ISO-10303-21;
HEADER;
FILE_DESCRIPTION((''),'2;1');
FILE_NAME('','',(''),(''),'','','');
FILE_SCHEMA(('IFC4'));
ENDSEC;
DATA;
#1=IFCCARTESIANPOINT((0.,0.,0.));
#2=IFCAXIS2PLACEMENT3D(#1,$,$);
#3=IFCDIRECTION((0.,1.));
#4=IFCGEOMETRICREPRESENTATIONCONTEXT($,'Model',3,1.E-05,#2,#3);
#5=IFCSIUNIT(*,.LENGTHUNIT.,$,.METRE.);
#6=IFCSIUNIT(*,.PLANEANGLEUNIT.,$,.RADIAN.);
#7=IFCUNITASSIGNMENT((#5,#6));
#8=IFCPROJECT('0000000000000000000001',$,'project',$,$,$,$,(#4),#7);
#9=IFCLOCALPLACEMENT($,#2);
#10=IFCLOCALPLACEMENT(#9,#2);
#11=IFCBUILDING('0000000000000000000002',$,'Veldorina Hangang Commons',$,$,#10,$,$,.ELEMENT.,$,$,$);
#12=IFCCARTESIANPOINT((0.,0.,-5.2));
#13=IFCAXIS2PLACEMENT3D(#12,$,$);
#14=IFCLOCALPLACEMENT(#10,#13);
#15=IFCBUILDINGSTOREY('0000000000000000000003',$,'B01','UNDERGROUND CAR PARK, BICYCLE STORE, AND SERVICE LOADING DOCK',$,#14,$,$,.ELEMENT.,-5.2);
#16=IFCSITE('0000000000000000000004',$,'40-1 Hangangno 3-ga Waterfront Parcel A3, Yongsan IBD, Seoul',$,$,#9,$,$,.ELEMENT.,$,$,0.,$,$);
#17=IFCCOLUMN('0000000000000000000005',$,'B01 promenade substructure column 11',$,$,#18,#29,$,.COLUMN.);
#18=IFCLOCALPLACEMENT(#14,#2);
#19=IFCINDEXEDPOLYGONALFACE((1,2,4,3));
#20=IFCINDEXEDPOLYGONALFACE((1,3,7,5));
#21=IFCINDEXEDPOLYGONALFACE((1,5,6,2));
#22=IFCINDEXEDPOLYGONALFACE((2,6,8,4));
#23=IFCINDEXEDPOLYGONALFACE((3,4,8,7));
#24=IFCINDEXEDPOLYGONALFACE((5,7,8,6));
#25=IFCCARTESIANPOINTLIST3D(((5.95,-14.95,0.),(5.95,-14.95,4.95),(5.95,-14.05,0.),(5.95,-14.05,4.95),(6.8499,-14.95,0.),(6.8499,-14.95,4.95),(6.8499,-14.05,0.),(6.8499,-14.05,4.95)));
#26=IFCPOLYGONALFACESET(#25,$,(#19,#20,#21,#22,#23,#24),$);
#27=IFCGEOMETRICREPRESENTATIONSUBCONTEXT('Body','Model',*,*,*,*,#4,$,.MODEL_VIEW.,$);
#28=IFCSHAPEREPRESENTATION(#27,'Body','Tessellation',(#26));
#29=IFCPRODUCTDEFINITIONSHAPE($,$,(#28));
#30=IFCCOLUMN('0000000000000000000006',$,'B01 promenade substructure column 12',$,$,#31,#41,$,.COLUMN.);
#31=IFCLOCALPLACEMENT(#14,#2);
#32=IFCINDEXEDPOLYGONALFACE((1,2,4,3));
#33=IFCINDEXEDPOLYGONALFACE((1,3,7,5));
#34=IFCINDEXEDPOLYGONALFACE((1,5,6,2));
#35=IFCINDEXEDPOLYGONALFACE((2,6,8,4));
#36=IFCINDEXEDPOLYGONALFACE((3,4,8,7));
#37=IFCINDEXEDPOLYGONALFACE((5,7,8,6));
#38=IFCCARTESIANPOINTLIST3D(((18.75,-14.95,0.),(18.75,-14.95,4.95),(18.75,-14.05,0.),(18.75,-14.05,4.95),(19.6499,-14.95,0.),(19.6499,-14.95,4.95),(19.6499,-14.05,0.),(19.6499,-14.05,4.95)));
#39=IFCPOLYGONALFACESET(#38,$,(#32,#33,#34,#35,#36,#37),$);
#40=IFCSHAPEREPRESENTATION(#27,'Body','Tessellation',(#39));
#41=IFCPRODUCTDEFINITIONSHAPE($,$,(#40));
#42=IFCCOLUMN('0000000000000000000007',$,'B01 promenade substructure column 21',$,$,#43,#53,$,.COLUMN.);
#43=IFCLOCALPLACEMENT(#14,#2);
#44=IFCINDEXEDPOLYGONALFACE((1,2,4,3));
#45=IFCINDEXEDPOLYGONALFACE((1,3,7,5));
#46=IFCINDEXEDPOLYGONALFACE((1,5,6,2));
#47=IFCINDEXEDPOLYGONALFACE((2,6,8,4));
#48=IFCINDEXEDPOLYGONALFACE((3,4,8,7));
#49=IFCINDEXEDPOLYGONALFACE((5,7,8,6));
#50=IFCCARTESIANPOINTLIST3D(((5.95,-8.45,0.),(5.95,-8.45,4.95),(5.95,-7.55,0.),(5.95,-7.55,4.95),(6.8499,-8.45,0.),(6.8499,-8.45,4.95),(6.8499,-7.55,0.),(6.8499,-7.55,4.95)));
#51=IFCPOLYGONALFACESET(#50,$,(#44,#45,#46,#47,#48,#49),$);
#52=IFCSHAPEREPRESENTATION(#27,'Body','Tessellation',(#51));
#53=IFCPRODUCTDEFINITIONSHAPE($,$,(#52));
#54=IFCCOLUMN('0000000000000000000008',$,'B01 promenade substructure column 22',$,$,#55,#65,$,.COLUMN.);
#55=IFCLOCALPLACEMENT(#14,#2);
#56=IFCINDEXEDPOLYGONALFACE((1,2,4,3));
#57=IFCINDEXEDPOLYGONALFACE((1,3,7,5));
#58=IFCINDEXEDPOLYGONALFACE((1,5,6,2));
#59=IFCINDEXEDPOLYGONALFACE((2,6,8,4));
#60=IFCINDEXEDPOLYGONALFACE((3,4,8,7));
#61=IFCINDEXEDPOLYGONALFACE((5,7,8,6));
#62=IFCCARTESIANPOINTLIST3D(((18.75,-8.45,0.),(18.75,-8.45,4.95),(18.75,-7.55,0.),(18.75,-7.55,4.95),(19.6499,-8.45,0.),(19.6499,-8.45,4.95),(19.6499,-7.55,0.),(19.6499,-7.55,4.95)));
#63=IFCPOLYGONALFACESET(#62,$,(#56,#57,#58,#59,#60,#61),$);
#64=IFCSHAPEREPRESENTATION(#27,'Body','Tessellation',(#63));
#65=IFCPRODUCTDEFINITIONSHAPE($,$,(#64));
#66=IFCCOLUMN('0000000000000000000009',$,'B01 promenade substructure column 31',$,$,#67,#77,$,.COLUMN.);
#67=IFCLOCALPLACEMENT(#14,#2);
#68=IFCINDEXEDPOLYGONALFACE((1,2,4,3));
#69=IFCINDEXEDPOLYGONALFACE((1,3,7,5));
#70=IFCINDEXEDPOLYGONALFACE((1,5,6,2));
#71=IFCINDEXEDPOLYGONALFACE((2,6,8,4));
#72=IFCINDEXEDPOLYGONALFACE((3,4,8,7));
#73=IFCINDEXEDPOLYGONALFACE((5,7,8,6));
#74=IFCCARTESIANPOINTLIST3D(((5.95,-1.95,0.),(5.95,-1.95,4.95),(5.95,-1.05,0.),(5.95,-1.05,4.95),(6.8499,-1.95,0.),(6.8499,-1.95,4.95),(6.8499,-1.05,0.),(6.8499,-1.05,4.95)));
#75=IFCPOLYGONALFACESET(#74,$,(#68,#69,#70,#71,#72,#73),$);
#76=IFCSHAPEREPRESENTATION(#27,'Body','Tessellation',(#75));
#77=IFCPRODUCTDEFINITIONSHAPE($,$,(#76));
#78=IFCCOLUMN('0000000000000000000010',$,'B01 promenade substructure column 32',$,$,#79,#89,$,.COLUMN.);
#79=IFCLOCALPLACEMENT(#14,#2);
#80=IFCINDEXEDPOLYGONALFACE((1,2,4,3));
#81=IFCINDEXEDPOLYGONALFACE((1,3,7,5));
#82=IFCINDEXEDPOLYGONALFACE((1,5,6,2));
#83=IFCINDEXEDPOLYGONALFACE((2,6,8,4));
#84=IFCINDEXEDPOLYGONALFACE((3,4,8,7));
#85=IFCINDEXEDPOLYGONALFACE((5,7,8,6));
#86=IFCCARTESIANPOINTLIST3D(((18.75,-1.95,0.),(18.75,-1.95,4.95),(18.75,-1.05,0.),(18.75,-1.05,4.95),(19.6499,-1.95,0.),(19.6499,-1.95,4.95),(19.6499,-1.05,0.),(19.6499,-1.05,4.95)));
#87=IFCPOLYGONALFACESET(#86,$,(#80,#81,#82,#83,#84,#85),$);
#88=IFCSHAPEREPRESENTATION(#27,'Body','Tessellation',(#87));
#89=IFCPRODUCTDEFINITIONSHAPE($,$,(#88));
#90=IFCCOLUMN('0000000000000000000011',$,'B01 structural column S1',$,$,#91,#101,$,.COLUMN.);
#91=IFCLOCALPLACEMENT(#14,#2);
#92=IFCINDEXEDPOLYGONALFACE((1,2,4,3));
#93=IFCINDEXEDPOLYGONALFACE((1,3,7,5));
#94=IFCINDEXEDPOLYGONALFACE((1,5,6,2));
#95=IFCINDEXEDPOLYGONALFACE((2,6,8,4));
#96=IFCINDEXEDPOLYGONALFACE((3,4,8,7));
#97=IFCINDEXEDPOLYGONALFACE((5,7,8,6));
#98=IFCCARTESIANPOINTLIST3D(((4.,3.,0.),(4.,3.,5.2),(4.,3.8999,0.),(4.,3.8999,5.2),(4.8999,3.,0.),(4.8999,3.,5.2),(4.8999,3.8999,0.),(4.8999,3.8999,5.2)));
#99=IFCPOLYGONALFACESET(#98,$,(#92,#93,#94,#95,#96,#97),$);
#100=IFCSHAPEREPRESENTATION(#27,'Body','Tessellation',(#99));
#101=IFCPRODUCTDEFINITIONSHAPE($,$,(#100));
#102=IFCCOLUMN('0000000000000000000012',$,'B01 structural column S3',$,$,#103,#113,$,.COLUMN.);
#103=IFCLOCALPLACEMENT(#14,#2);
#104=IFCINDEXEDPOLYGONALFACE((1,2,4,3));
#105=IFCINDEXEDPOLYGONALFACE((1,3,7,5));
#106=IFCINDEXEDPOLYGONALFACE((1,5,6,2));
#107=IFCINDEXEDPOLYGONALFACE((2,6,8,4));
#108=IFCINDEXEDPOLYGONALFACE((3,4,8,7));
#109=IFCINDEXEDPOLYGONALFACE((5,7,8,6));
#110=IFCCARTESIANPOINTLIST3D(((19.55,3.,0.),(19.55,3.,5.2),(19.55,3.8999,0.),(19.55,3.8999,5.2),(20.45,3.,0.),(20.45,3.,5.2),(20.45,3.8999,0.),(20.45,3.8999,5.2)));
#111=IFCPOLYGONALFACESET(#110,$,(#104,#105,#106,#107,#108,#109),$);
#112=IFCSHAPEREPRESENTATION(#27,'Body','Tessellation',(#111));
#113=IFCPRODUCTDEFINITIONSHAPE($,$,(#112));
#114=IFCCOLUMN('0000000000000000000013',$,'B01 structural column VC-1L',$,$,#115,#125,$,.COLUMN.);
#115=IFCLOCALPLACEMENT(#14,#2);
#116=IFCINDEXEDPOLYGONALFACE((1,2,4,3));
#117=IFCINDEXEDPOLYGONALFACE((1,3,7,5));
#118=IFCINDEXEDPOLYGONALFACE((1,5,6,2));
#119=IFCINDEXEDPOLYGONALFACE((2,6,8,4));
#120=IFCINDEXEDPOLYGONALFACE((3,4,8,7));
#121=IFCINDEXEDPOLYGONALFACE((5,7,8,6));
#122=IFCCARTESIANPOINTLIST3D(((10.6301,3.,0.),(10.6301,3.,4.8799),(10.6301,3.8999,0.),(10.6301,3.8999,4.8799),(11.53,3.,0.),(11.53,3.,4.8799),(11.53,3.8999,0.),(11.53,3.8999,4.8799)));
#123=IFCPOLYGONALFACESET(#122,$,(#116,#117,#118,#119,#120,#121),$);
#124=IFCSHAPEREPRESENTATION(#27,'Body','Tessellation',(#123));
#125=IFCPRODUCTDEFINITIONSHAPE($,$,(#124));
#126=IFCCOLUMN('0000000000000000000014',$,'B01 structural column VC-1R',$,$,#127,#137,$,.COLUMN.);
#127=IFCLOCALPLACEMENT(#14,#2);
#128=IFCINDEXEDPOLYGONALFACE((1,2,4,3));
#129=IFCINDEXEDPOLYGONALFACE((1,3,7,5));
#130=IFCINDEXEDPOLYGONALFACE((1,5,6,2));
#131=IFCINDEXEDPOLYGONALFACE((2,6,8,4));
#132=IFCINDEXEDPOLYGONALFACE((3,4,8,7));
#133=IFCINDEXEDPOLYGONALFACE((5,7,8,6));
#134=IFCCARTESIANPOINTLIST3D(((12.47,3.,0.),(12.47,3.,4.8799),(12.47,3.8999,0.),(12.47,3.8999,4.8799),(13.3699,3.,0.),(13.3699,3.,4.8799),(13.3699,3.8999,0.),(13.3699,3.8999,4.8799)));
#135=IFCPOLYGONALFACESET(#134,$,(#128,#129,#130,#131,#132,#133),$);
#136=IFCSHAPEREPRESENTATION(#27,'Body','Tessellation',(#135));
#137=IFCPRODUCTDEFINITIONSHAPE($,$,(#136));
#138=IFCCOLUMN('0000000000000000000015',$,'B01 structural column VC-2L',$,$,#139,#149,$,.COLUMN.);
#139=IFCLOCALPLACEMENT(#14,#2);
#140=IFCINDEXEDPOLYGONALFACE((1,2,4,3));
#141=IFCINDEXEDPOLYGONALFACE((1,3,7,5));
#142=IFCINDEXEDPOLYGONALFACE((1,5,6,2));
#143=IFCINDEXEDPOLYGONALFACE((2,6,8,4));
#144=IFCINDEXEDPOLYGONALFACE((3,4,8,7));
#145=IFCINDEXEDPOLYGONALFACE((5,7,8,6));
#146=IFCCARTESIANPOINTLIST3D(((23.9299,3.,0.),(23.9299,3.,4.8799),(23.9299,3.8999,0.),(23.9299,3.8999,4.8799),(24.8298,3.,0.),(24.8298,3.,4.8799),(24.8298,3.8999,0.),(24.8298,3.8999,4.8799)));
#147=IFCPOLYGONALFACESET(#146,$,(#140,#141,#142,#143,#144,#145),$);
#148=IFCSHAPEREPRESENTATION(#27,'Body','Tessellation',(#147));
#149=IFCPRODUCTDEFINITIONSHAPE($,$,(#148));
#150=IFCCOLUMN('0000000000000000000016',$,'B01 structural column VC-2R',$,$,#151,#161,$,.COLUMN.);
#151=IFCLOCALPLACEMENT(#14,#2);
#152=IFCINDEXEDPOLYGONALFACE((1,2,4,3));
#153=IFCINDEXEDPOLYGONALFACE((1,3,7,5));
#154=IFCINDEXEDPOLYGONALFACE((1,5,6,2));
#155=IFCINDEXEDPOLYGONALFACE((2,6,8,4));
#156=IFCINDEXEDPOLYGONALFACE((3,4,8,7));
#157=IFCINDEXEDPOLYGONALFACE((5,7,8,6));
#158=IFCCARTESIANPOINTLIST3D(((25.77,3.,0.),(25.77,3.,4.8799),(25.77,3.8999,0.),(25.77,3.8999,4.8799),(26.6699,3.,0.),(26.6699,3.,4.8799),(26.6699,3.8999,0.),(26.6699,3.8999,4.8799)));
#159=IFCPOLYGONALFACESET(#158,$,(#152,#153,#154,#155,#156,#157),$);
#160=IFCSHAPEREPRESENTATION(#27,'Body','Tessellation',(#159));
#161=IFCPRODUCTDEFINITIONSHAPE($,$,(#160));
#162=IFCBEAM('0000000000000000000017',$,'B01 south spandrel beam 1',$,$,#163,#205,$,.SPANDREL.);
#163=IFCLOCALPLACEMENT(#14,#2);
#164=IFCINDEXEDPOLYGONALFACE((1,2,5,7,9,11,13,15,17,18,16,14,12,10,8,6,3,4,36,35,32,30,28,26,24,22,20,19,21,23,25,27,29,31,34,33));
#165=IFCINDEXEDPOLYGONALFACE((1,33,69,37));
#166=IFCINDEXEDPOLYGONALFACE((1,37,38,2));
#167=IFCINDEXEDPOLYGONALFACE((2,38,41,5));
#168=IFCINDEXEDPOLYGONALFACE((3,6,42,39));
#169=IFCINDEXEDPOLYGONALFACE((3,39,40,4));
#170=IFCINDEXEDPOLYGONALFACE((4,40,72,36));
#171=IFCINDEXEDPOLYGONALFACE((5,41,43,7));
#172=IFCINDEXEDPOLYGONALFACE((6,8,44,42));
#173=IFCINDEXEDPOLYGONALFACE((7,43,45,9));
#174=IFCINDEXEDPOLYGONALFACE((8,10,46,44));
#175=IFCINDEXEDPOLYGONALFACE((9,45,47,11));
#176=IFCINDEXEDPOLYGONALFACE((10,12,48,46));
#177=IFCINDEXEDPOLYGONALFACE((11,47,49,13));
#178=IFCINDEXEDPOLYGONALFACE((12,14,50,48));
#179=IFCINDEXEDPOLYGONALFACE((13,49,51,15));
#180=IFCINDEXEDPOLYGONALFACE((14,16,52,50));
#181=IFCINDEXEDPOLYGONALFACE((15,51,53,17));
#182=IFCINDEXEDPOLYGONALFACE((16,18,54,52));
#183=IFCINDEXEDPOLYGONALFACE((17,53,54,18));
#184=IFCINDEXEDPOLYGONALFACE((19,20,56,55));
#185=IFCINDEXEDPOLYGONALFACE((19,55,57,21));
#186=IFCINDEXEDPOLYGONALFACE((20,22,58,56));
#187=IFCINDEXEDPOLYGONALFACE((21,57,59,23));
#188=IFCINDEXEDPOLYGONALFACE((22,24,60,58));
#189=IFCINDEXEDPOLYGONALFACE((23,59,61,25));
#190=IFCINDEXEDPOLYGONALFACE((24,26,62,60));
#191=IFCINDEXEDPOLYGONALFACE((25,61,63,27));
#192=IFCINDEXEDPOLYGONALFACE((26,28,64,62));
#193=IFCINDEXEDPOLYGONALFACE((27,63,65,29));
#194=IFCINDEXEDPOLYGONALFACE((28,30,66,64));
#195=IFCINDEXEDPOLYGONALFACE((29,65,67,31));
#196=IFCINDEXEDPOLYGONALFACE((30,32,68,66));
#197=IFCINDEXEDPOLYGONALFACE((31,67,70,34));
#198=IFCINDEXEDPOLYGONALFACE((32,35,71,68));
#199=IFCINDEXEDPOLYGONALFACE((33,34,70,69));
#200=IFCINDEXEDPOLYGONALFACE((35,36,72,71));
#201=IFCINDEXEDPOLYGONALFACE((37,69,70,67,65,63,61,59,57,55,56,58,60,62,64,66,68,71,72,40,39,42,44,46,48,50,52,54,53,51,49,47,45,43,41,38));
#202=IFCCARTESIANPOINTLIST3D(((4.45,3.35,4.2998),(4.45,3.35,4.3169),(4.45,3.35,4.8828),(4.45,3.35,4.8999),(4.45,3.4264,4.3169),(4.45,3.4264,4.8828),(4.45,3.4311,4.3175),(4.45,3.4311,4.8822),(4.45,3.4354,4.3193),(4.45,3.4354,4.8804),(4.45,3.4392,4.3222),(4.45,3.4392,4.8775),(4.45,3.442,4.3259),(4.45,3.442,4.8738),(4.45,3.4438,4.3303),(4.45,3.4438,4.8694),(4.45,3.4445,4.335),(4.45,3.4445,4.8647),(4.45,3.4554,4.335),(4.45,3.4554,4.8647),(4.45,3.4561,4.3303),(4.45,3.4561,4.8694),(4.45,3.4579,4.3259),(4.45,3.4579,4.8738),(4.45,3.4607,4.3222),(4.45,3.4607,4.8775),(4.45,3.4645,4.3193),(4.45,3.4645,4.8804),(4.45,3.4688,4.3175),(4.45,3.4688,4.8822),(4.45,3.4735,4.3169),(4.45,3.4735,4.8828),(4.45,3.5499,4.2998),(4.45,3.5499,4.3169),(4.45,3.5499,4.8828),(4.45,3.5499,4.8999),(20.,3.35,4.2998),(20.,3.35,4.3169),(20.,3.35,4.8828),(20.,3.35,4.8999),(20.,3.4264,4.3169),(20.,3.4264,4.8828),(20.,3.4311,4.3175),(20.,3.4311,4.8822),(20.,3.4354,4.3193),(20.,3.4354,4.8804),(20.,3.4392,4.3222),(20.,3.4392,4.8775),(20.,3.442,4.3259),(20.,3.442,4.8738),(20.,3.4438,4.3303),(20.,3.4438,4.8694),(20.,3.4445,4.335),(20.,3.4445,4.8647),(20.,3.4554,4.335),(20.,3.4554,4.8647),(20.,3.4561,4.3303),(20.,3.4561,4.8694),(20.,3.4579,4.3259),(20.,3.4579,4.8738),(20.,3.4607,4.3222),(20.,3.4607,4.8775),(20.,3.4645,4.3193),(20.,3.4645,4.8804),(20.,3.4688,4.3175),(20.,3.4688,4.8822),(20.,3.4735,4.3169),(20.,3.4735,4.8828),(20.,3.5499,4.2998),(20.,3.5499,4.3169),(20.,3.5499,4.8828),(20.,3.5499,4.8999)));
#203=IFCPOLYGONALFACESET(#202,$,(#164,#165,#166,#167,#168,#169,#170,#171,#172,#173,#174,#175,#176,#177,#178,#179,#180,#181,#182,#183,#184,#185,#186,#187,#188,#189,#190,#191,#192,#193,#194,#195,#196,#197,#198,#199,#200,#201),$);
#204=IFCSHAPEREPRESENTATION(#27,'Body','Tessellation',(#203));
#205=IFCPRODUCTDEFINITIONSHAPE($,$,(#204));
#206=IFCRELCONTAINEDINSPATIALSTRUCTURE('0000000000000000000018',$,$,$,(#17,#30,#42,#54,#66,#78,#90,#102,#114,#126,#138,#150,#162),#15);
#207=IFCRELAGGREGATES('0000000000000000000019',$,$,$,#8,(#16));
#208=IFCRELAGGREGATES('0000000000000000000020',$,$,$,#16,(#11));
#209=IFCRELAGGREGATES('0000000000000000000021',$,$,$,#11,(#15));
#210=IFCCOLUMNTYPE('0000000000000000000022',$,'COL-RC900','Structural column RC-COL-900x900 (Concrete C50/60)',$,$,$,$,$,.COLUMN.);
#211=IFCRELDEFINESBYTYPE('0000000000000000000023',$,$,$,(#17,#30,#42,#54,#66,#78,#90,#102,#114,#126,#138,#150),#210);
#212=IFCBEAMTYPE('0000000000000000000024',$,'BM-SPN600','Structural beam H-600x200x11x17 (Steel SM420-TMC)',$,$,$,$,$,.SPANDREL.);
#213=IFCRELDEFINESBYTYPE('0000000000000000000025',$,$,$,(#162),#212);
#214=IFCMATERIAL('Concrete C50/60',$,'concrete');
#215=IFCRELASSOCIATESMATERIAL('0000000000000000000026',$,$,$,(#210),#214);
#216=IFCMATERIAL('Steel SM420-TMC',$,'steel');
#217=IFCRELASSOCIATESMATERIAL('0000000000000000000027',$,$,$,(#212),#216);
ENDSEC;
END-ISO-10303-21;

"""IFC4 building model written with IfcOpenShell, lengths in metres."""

from ifc_helpers import new_model, si_unit, direction, frame, origin, origin_2d, place, context, subcontext, project, spatial, rectangle, i_section, extrude, material, material_profile, profile_set, type_object, element, save


model = new_model("IFC4")

# Units and contexts
model_context = context("Model", 3, precision=1e-05, world=origin(), true_north=direction((0.0, 1.0)))
body_context = subcontext(model_context, "Body", "Model", "MODEL_VIEW")
ifc_project = project(units=[si_unit("LENGTHUNIT", "METRE"), si_unit("PLANEANGLEUNIT", "RADIAN")], contexts=[model_context])

# Site, building, storey
site_placement = place(None, origin())
site = spatial("IfcSite", under=ifc_project, at=site_placement, Name="40-1 Hangangno 3-ga Waterfront Parcel A3, Yongsan IBD, Seoul", CompositionType="ELEMENT", RefElevation=0.0)
building_placement = place(site_placement, origin())
building = spatial("IfcBuilding", under=site, at=building_placement, Name="Veldorina Hangang Commons", CompositionType="ELEMENT")
storey_placement = place(building_placement, frame((0.0, 0.0, -5.2)))
storey = spatial("IfcBuildingStorey", under=building, at=storey_placement, Name="B01", Description="UNDERGROUND CAR PARK, BICYCLE STORE, AND SERVICE LOADING DOCK", CompositionType="ELEMENT", Elevation=-5.2)

# Columns
ifc_material_1 = material(Name="Concrete C50/60", Category="concrete")
ifc_material_profile_1 = material_profile(ifc_material_1, rectangle(XDim=0.8999, YDim=0.8999, at=origin_2d()), Name="RC-COL-900x900")
ifc_profile_set_1 = profile_set([ifc_material_profile_1], Name="Concrete C50/60")
column_type = type_object("IfcColumnType", Name="COL-RC900", Description="Structural column RC-COL-900x900 (Concrete C50/60)", PredefinedType="COLUMN", material=ifc_profile_set_1)
for number, where, z_axis, x_axis, name in (
    (1, (6.3999, -14.5, 0.0), (0.0, 0.0, 1.0), (1.0, 0.0, 0.0), "B01 promenade substructure column 11"),
    (2, (19.2, -14.5, 0.0), (0.0, 0.0, 1.0), (1.0, 0.0, 0.0), "B01 promenade substructure column 12"),
    (3, (6.3999, -8.0, 0.0), (0.0, 0.0, 1.0), (1.0, 0.0, 0.0), "B01 promenade substructure column 21"),
    (4, (19.2, -8.0, 0.0), (0.0, 0.0, 1.0), (1.0, 0.0, 0.0), "B01 promenade substructure column 22"),
    (5, (6.3999, -1.5, 0.0), (0.0, 0.0, 1.0), (1.0, 0.0, 0.0), "B01 promenade substructure column 31"),
    (6, (19.2, -1.5, 0.0), (0.0, 0.0, 1.0), (1.0, 0.0, 0.0), "B01 promenade substructure column 32"),
):
    element("IfcColumn", number, at=place(storey_placement, frame(where, z_axis=z_axis, x_axis=x_axis)), inside=storey, type_object=column_type, Name=name, PredefinedType="COLUMN", context=body_context, shape_type="SweptSolid", body=[
        extrude(rectangle(XDim=0.8999, YDim=0.8999, at=origin_2d()), origin(), (0.0, 0.0, 1.0), 4.95),
    ])
for number, where, z_axis, x_axis, name in (
    (7, (4.45, 3.45, 0.0), (0.0, 0.0, 1.0), (1.0, 0.0, 0.0), "B01 structural column S1"),
    (8, (20.0, 3.45, 0.0), (0.0, 0.0, 1.0), (1.0, 0.0, 0.0), "B01 structural column S3"),
):
    element("IfcColumn", number, at=place(storey_placement, frame(where, z_axis=z_axis, x_axis=x_axis)), inside=storey, type_object=column_type, Name=name, PredefinedType="COLUMN", context=body_context, shape_type="SweptSolid", body=[
        extrude(rectangle(XDim=0.8999, YDim=0.8999, at=origin_2d()), origin(), (0.0, 0.0, 1.0), 5.2),
    ])
for number, where, z_axis, x_axis, name in (
    (9, (11.0801, 3.45, 0.0), (0.0, 0.0, 1.0), (1.0, 0.0, 0.0), "B01 structural column VC-1L"),
    (10, (12.9199, 3.45, 0.0), (0.0, 0.0, 1.0), (1.0, 0.0, 0.0), "B01 structural column VC-1R"),
    (11, (24.3799, 3.45, 0.0), (0.0, 0.0, 1.0), (1.0, 0.0, 0.0), "B01 structural column VC-2L"),
    (12, (26.22, 3.45, 0.0), (0.0, 0.0, 1.0), (1.0, 0.0, 0.0), "B01 structural column VC-2R"),
):
    element("IfcColumn", number, at=place(storey_placement, frame(where, z_axis=z_axis, x_axis=x_axis)), inside=storey, type_object=column_type, Name=name, PredefinedType="COLUMN", context=body_context, shape_type="SweptSolid", body=[
        extrude(rectangle(XDim=0.8999, YDim=0.8999, at=origin_2d()), origin(), (0.0, 0.0, 1.0), 4.8799),
    ])

# Beam
ifc_material_2 = material(Name="Steel SM420-TMC", Category="steel")
ifc_material_profile_2 = material_profile(ifc_material_2, i_section(OverallWidth=0.2, OverallDepth=0.6001, WebThickness=0.011, FlangeThickness=0.0171, FilletRadius=0.0181, at=origin_2d()), Name="H-600x200x11x17")
ifc_profile_set_2 = profile_set([ifc_material_profile_2], Name="Steel SM420-TMC")
beam_type = type_object("IfcBeamType", Name="BM-SPN600", Description="Structural beam H-600x200x11x17 (Steel SM420-TMC)", PredefinedType="SPANDREL", material=ifc_profile_set_2)
beam_1_placement = place(storey_placement, frame((4.45, 3.45, 4.5999), z_axis=(1.0, 0.0, 0.0), x_axis=(0.0, 1.0, 0.0)))
element("IfcBeam", 13, at=beam_1_placement, inside=storey, type_object=beam_type, Name="B01 south spandrel beam 1", PredefinedType="SPANDREL", context=body_context, shape_type="SweptSolid", body=[
    extrude(i_section(OverallWidth=0.2, OverallDepth=0.6001, WebThickness=0.011, FlangeThickness=0.0171, FilletRadius=0.0181, at=origin_2d()), origin(), (0.0, 0.0, 1.0), 15.55),
])

save(model, "model.ifc")
